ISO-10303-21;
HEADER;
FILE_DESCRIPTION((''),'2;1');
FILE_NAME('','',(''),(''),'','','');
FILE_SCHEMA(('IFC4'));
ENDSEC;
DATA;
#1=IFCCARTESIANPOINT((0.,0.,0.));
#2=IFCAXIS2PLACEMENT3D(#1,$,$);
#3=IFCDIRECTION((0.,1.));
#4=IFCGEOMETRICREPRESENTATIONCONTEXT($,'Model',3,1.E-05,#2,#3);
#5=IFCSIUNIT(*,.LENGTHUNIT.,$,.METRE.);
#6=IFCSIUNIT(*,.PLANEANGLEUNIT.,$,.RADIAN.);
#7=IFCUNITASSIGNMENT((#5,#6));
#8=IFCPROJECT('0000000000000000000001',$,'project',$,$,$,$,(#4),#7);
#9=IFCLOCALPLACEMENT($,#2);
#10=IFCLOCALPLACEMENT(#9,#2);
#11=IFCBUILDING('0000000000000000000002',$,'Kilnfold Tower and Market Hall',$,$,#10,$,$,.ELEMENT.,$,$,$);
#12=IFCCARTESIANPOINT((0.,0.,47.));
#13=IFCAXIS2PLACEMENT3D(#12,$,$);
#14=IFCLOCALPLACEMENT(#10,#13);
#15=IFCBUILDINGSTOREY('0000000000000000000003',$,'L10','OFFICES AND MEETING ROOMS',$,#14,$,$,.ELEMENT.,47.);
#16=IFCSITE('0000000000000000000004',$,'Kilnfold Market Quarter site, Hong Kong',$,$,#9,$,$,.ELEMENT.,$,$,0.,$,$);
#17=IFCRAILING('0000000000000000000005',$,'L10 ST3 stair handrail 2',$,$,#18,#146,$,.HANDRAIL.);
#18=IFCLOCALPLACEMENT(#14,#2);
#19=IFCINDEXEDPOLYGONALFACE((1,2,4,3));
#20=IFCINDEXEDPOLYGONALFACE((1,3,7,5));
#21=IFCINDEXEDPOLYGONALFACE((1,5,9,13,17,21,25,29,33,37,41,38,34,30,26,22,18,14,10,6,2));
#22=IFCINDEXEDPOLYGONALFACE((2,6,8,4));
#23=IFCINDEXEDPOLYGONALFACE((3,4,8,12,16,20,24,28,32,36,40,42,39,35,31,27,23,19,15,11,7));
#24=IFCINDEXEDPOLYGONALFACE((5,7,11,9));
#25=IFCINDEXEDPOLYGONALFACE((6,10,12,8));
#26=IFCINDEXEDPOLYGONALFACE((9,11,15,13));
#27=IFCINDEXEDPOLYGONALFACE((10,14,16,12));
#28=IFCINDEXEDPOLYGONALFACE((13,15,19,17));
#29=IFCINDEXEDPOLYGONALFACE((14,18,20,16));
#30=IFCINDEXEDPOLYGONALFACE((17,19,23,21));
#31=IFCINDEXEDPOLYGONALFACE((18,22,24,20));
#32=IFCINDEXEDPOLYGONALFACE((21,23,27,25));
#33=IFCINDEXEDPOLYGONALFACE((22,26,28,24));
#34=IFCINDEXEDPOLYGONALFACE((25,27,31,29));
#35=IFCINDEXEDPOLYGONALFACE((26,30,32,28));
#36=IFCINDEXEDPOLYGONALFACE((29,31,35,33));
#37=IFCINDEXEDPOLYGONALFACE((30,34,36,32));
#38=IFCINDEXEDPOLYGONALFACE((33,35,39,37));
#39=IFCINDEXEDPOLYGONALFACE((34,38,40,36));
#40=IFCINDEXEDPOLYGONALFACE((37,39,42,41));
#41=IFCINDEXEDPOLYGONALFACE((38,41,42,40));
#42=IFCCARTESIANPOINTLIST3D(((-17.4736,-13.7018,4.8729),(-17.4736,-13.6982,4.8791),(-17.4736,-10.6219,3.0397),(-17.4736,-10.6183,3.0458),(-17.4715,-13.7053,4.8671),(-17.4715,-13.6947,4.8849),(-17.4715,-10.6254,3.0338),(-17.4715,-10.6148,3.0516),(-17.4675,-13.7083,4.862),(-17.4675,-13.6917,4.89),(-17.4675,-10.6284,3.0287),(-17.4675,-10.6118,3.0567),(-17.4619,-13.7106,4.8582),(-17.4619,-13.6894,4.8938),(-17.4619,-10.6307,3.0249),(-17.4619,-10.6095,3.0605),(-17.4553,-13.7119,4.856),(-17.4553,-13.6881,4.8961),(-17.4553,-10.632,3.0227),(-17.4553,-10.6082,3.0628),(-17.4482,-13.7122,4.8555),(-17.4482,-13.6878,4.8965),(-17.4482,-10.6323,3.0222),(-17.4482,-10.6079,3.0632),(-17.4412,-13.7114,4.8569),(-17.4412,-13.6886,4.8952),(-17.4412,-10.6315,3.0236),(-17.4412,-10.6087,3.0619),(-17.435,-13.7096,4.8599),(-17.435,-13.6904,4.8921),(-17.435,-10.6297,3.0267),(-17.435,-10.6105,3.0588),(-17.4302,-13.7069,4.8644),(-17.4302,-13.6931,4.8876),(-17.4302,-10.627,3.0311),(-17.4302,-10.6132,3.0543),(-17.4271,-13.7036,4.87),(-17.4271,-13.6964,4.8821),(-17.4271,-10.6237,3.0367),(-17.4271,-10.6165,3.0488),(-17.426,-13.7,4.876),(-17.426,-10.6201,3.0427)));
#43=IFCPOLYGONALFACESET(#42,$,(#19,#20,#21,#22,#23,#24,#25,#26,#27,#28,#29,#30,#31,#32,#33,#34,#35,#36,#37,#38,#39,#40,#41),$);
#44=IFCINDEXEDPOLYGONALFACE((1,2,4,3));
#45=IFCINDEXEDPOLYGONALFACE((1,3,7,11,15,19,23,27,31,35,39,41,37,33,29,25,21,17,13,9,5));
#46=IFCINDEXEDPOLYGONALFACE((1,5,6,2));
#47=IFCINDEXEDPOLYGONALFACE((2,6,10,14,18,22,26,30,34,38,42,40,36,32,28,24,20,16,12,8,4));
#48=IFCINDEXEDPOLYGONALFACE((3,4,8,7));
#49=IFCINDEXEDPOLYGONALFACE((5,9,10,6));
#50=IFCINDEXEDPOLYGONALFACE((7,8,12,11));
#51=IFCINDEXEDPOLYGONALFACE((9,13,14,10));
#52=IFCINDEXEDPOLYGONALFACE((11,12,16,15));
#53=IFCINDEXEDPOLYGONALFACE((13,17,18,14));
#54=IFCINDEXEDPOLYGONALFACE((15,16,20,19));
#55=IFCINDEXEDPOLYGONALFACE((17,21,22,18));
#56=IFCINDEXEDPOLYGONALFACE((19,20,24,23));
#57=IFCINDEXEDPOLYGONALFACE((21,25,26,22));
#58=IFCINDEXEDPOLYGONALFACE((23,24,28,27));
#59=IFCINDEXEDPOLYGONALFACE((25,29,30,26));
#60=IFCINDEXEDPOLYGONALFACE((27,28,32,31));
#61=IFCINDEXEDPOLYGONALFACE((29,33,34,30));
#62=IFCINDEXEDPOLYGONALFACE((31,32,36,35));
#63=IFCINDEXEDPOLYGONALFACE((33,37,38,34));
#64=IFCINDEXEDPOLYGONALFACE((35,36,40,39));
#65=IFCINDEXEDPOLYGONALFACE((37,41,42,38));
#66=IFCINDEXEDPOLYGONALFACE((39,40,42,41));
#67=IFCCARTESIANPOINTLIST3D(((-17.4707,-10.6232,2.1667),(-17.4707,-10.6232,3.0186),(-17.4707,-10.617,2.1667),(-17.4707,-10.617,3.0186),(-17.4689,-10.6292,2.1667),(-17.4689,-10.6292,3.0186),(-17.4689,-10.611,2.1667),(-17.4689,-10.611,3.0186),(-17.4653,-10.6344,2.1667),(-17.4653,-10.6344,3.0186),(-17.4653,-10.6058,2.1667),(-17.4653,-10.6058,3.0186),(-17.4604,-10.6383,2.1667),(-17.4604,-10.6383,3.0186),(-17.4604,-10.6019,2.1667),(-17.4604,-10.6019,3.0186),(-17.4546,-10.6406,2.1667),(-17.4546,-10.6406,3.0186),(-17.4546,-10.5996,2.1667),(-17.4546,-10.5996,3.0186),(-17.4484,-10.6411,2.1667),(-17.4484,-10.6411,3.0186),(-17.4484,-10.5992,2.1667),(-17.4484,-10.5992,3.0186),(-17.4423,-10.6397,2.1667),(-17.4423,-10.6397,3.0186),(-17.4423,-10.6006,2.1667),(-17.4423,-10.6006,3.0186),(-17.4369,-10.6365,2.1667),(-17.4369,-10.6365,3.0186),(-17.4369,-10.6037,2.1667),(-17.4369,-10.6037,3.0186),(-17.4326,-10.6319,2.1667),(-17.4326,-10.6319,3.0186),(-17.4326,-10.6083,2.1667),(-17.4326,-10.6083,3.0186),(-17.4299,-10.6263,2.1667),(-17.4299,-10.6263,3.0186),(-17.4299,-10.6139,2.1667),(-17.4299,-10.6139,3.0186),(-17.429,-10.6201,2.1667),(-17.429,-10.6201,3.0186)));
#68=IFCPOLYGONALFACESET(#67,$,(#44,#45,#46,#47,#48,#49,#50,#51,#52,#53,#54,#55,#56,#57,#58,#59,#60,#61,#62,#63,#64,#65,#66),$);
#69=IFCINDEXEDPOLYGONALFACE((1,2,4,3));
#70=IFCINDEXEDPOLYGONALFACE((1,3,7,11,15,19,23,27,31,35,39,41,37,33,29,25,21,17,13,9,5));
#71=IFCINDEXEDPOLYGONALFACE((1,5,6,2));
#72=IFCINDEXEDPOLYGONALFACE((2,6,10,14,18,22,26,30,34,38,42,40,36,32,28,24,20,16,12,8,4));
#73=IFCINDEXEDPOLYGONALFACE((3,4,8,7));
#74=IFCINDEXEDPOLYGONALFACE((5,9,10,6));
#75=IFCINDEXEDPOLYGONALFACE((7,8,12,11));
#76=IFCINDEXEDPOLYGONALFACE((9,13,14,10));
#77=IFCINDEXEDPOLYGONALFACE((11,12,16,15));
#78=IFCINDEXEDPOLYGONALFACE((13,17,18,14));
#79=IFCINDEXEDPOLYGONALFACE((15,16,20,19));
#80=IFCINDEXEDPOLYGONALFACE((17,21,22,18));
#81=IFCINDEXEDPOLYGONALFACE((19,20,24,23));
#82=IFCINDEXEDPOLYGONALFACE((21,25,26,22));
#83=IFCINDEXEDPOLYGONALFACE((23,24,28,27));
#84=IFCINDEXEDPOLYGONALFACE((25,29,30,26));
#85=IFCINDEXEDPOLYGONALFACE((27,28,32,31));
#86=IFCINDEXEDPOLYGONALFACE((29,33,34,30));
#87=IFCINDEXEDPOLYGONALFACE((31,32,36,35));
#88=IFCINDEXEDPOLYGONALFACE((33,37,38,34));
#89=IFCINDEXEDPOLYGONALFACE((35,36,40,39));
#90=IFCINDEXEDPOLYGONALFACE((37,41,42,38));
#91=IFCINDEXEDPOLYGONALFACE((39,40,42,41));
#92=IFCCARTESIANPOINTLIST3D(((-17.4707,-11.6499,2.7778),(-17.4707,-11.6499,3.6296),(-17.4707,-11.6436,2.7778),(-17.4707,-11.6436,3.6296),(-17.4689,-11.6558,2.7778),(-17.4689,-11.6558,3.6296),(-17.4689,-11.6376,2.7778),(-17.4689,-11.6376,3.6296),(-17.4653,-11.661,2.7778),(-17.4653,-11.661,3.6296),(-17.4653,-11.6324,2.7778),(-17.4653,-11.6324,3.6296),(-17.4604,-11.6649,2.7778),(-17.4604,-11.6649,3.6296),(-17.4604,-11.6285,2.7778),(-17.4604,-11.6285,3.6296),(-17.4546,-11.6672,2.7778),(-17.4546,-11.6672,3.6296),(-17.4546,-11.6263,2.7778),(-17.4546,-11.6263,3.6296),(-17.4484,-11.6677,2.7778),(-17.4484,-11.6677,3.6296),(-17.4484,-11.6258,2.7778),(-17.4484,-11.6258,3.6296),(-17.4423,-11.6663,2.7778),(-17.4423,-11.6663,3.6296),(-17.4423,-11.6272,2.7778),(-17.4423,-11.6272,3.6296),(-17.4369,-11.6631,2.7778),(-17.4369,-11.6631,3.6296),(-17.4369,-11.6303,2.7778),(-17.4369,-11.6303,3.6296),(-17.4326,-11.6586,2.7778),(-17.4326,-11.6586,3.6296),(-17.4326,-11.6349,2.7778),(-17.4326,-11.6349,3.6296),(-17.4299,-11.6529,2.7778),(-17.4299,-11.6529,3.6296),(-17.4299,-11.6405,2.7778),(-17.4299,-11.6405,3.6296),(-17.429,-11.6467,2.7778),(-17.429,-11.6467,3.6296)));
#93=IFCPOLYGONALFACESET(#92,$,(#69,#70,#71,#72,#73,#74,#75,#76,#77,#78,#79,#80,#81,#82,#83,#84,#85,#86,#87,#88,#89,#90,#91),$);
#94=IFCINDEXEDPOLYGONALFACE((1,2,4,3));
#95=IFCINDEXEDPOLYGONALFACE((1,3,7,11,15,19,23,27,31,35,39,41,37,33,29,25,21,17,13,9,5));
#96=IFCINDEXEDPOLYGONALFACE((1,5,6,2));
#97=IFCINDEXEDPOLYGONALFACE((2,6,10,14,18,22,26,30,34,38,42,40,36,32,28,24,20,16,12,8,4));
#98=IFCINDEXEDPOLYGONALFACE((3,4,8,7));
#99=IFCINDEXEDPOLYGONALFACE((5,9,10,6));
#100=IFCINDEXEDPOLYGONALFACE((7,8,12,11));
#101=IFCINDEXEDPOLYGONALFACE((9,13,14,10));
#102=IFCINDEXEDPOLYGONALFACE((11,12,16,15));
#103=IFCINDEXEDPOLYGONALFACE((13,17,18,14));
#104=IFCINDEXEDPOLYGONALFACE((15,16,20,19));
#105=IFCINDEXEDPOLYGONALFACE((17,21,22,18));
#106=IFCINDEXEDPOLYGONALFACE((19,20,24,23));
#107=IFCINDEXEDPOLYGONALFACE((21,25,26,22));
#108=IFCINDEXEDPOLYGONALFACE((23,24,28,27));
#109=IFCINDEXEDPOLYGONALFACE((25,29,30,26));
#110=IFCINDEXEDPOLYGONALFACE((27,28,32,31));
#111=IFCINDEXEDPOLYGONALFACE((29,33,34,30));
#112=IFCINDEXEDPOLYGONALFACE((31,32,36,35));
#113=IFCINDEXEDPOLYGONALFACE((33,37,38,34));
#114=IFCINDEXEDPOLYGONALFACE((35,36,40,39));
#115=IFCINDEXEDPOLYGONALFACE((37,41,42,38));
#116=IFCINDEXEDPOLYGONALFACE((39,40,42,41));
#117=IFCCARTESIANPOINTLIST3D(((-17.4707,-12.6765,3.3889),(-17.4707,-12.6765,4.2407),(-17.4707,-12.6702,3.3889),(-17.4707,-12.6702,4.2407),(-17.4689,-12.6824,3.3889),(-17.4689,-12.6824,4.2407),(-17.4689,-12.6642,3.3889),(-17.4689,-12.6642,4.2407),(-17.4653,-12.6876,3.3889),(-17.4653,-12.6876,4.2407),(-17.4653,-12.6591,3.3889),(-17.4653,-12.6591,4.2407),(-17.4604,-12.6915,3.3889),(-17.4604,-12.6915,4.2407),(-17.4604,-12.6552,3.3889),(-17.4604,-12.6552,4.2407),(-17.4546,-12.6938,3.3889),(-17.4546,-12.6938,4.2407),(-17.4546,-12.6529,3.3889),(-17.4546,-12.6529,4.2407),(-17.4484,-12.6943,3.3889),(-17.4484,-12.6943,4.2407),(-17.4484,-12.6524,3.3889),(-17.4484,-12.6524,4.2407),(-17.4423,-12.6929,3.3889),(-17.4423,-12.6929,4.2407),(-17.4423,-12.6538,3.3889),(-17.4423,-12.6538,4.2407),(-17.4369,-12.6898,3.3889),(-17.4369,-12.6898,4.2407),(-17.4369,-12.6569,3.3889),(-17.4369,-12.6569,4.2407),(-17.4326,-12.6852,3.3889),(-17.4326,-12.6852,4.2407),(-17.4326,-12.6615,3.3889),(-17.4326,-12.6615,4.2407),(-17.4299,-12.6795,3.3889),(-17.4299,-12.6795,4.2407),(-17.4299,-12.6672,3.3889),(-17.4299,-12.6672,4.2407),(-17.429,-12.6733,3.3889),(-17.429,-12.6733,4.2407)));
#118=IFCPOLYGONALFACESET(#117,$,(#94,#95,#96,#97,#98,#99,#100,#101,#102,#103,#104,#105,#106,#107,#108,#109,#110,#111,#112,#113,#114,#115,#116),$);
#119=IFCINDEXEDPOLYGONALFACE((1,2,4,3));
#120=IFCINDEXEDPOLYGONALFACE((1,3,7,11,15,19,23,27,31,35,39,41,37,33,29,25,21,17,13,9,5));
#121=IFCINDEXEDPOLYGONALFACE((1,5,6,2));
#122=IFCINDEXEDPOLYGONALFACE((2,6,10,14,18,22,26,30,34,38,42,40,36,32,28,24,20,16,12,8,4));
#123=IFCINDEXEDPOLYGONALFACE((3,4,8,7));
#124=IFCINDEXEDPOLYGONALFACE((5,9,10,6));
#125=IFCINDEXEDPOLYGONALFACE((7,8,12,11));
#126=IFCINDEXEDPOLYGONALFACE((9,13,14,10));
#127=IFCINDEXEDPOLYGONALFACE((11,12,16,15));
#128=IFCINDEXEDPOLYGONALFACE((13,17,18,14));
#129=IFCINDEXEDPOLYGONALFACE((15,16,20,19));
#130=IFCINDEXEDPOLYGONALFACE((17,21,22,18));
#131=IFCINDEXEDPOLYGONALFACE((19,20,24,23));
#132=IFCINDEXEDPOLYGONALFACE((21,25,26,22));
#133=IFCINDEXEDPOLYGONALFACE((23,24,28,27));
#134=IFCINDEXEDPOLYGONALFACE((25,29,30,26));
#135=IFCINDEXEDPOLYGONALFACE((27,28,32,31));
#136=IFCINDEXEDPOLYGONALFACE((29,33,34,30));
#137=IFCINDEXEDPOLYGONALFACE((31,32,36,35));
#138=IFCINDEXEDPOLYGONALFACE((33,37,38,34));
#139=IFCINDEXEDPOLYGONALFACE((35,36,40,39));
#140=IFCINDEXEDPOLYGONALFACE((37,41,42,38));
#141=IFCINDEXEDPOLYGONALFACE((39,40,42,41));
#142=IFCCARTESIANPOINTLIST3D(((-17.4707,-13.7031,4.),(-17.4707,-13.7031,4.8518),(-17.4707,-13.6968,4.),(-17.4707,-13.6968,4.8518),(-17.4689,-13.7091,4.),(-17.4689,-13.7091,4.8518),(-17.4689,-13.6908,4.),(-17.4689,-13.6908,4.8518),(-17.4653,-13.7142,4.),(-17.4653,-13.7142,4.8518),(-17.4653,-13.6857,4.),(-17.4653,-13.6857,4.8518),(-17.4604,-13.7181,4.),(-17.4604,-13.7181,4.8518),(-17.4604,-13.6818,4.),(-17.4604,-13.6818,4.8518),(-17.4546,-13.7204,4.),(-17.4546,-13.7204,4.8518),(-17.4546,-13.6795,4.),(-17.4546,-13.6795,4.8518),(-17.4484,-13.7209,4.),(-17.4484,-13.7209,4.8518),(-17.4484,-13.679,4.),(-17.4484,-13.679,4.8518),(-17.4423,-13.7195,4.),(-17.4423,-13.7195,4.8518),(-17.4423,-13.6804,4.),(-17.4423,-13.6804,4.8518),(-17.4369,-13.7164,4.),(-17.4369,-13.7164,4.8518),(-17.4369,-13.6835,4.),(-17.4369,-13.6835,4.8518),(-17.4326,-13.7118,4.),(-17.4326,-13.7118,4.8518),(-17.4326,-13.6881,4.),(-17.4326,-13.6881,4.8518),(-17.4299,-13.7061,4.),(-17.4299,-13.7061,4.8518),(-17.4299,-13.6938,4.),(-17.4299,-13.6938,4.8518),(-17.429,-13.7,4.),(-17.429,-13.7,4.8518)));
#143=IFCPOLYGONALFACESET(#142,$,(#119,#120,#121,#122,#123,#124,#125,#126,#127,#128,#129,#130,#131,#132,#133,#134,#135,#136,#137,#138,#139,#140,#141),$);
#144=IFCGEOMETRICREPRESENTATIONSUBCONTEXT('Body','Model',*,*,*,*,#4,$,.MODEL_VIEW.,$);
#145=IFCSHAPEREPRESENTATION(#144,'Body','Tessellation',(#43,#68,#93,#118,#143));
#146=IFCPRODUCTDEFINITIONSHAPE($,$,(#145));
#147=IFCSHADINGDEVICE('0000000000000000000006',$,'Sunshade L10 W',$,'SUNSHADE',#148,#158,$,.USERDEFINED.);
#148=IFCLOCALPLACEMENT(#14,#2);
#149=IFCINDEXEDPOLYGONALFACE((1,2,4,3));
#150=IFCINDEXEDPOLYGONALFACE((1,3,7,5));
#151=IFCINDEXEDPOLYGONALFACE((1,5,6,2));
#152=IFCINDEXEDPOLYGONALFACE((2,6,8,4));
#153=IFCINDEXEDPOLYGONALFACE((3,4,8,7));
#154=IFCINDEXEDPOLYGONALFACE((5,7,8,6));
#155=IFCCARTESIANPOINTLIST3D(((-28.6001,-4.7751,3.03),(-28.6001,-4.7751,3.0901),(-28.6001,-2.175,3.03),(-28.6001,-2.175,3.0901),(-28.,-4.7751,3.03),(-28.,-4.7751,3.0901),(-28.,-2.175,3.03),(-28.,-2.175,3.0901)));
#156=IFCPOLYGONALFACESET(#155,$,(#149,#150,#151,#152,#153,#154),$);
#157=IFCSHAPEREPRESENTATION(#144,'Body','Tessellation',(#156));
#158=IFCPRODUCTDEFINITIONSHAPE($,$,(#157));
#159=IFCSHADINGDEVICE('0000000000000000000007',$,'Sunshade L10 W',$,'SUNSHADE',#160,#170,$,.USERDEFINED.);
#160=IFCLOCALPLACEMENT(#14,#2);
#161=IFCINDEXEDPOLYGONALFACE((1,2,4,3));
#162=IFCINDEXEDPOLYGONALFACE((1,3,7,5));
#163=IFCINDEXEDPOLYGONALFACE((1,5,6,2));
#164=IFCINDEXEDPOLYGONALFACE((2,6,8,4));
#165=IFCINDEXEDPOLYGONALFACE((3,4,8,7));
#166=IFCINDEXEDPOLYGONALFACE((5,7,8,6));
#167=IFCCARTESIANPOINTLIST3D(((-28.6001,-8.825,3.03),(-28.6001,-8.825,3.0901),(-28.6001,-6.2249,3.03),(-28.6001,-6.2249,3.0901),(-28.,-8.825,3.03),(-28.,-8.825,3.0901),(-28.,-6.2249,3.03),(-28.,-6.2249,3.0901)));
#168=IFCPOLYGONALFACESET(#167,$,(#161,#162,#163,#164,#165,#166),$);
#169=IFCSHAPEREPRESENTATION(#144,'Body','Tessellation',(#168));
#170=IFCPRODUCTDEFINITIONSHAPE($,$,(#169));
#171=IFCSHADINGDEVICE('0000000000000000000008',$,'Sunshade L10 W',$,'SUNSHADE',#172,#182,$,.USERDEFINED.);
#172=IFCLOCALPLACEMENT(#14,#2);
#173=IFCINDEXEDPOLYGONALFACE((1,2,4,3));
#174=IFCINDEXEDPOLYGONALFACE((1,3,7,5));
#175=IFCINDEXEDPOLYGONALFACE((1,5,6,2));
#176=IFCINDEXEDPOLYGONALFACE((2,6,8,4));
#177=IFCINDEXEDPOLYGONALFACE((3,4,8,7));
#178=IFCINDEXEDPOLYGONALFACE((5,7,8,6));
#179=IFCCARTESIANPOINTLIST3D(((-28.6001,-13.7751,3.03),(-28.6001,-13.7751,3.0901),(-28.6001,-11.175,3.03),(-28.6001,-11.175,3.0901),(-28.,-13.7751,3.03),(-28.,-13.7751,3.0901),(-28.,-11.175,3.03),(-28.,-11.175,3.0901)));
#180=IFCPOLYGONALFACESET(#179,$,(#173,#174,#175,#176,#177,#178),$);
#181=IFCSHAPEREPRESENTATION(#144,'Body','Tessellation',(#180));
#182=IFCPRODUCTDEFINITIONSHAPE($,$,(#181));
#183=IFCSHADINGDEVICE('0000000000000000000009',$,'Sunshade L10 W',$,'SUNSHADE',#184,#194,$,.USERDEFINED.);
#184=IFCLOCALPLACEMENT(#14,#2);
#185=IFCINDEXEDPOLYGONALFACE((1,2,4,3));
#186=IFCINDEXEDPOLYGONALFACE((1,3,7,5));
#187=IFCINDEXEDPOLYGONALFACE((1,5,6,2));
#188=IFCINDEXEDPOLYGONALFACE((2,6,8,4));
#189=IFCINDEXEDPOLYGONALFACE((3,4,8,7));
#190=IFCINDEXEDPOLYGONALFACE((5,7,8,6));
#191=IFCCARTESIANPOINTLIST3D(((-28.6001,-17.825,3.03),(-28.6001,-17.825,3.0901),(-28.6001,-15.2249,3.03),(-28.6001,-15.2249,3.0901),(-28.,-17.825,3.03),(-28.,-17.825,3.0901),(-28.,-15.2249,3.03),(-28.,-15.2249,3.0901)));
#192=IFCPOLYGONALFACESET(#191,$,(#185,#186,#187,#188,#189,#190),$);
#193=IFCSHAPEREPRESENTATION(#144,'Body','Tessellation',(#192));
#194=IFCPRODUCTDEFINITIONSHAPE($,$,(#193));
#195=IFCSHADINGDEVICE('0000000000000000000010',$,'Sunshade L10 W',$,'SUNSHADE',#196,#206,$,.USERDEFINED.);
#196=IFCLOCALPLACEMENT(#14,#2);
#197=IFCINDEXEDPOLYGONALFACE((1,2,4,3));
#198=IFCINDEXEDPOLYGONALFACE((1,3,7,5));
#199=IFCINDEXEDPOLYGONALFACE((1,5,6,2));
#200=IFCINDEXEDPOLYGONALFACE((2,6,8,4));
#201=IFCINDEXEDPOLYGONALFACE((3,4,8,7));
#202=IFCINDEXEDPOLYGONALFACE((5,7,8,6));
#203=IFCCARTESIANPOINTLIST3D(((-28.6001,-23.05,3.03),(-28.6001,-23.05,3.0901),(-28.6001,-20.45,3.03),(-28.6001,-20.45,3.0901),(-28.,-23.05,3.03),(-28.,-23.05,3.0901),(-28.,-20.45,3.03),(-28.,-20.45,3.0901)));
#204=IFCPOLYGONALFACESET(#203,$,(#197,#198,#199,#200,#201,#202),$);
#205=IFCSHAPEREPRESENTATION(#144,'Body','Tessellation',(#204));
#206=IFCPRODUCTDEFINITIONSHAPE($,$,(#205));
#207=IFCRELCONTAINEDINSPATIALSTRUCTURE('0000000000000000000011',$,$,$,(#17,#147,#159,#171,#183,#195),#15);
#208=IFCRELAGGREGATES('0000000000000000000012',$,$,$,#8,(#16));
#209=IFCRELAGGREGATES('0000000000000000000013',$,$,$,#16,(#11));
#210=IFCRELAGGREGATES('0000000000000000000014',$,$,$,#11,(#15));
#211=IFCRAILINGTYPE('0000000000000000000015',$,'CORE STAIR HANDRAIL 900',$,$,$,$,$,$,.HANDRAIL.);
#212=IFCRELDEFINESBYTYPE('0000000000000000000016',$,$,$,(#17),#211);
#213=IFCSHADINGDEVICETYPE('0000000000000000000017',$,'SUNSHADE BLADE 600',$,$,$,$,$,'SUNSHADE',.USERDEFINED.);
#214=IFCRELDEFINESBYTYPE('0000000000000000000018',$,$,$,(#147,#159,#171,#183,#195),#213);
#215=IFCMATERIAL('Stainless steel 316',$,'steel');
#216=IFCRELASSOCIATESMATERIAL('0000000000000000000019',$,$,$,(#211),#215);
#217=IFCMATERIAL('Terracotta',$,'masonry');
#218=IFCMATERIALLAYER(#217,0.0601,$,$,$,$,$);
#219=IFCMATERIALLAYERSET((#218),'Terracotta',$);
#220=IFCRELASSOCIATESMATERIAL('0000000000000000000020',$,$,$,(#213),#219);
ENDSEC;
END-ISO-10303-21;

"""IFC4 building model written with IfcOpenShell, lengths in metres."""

from ifc_helpers import new_model, si_unit, direction, frame, origin, origin_2d, place, context, subcontext, project, spatial, rectangle, circle, extrude, source, transform, mapped, material, layer, layer_set, type_object, element, save


model = new_model("IFC4")

# Units and contexts
model_context = context("Model", 3, precision=1e-05, world=origin(), true_north=direction((0.0, 1.0)))
body_context = subcontext(model_context, "Body", "Model", "MODEL_VIEW")
ifc_project = project(units=[si_unit("LENGTHUNIT", "METRE"), si_unit("PLANEANGLEUNIT", "RADIAN")], contexts=[model_context])

# Site, building, storey
site_placement = place(None, origin())
site = spatial("IfcSite", under=ifc_project, at=site_placement, Name="Kilnfold Market Quarter site, Hong Kong", CompositionType="ELEMENT", RefElevation=0.0)
building_placement = place(site_placement, origin())
building = spatial("IfcBuilding", under=site, at=building_placement, Name="Kilnfold Tower and Market Hall", CompositionType="ELEMENT")
storey_placement = place(building_placement, frame((0.0, 0.0, 47.0)))
storey = spatial("IfcBuildingStorey", under=building, at=storey_placement, Name="L10", Description="OFFICES AND MEETING ROOMS", CompositionType="ELEMENT", Elevation=47.0)

# Railing
ifc_material_1 = material(Name="Stainless steel 316", Category="steel")
railing_type_1 = type_object("IfcRailingType", Name="CORE STAIR HANDRAIL 900", PredefinedType="HANDRAIL", material=ifc_material_1)
railing_1_placement = place(storey_placement, frame((-17.45, -10.6201, 2.1667)))
element("IfcRailing", 1, at=railing_1_placement, inside=storey, type_object=railing_type_1, Name="L10 ST3 stair handrail 2", PredefinedType="HANDRAIL", context=body_context, shape_type="SweptSolid", body=[
    extrude(circle(Radius=0.0239, at=origin_2d()), frame((0.0, 0.0, 0.876), z_axis=(0.0, -0.859291, 0.511487), x_axis=(1.0, 0.0, 0.0)), (0.0, 0.0, 1.0), 3.5842),
    extrude(circle(Radius=0.021, at=origin_2d()), origin(), (0.0, 0.0, 1.0), 0.8518),
    extrude(circle(Radius=0.021, at=origin_2d()), frame((0.0, -1.0266, 0.6111)), (0.0, 0.0, 1.0), 0.8518),
    extrude(circle(Radius=0.021, at=origin_2d()), frame((0.0, -2.0532, 1.2222)), (0.0, 0.0, 1.0), 0.8518),
    extrude(circle(Radius=0.021, at=origin_2d()), frame((0.0, -3.0798, 1.8333)), (0.0, 0.0, 1.0), 0.8518),
])

# Shading devices
ifc_material_2 = material(Name="Terracotta", Category="masonry")
ifc_layer_1 = layer(ifc_material_2, 0.0601)
ifc_layer_set_1 = layer_set([ifc_layer_1], Name="Terracotta")
shading_device_type = type_object("IfcShadingDeviceType", Name="SUNSHADE BLADE 600", ElementType="SUNSHADE", PredefinedType="USERDEFINED", material=ifc_layer_set_1)
shared_shape_1 = source(origin(), body_context, "Body", "SweptSolid", [
    extrude(rectangle(XDim=2.6001, YDim=0.6001, at=origin_2d()), origin(), (0.0, 0.0, 1.0), 0.0601),
])
for number, where, z_axis, x_axis, name in (
    (2, (-28.3, -3.4751, 3.03), (0.0, 0.0, 1.0), (0.0, -1.0, 0.0), "Sunshade L10 W"),
    (3, (-28.3, -7.5249, 3.03), (0.0, 0.0, 1.0), (0.0, -1.0, 0.0), "Sunshade L10 W"),
    (4, (-28.3, -12.4751, 3.03), (0.0, 0.0, 1.0), (0.0, -1.0, 0.0), "Sunshade L10 W"),
    (5, (-28.3, -16.5249, 3.03), (0.0, 0.0, 1.0), (0.0, -1.0, 0.0), "Sunshade L10 W"),
    (6, (-28.3, -21.75, 3.03), (0.0, 0.0, 1.0), (0.0, -1.0, 0.0), "Sunshade L10 W"),
):
    element("IfcShadingDevice", number, at=place(storey_placement, frame(where, z_axis=z_axis, x_axis=x_axis)), inside=storey, type_object=shading_device_type, Name=name, ObjectType="SUNSHADE", PredefinedType="USERDEFINED", context=body_context, shape_type="MappedRepresentation", body=[
        mapped(shared_shape_1, transform((0.0, 0.0, 0.0))),
    ])

save(model, "model.ifc")
